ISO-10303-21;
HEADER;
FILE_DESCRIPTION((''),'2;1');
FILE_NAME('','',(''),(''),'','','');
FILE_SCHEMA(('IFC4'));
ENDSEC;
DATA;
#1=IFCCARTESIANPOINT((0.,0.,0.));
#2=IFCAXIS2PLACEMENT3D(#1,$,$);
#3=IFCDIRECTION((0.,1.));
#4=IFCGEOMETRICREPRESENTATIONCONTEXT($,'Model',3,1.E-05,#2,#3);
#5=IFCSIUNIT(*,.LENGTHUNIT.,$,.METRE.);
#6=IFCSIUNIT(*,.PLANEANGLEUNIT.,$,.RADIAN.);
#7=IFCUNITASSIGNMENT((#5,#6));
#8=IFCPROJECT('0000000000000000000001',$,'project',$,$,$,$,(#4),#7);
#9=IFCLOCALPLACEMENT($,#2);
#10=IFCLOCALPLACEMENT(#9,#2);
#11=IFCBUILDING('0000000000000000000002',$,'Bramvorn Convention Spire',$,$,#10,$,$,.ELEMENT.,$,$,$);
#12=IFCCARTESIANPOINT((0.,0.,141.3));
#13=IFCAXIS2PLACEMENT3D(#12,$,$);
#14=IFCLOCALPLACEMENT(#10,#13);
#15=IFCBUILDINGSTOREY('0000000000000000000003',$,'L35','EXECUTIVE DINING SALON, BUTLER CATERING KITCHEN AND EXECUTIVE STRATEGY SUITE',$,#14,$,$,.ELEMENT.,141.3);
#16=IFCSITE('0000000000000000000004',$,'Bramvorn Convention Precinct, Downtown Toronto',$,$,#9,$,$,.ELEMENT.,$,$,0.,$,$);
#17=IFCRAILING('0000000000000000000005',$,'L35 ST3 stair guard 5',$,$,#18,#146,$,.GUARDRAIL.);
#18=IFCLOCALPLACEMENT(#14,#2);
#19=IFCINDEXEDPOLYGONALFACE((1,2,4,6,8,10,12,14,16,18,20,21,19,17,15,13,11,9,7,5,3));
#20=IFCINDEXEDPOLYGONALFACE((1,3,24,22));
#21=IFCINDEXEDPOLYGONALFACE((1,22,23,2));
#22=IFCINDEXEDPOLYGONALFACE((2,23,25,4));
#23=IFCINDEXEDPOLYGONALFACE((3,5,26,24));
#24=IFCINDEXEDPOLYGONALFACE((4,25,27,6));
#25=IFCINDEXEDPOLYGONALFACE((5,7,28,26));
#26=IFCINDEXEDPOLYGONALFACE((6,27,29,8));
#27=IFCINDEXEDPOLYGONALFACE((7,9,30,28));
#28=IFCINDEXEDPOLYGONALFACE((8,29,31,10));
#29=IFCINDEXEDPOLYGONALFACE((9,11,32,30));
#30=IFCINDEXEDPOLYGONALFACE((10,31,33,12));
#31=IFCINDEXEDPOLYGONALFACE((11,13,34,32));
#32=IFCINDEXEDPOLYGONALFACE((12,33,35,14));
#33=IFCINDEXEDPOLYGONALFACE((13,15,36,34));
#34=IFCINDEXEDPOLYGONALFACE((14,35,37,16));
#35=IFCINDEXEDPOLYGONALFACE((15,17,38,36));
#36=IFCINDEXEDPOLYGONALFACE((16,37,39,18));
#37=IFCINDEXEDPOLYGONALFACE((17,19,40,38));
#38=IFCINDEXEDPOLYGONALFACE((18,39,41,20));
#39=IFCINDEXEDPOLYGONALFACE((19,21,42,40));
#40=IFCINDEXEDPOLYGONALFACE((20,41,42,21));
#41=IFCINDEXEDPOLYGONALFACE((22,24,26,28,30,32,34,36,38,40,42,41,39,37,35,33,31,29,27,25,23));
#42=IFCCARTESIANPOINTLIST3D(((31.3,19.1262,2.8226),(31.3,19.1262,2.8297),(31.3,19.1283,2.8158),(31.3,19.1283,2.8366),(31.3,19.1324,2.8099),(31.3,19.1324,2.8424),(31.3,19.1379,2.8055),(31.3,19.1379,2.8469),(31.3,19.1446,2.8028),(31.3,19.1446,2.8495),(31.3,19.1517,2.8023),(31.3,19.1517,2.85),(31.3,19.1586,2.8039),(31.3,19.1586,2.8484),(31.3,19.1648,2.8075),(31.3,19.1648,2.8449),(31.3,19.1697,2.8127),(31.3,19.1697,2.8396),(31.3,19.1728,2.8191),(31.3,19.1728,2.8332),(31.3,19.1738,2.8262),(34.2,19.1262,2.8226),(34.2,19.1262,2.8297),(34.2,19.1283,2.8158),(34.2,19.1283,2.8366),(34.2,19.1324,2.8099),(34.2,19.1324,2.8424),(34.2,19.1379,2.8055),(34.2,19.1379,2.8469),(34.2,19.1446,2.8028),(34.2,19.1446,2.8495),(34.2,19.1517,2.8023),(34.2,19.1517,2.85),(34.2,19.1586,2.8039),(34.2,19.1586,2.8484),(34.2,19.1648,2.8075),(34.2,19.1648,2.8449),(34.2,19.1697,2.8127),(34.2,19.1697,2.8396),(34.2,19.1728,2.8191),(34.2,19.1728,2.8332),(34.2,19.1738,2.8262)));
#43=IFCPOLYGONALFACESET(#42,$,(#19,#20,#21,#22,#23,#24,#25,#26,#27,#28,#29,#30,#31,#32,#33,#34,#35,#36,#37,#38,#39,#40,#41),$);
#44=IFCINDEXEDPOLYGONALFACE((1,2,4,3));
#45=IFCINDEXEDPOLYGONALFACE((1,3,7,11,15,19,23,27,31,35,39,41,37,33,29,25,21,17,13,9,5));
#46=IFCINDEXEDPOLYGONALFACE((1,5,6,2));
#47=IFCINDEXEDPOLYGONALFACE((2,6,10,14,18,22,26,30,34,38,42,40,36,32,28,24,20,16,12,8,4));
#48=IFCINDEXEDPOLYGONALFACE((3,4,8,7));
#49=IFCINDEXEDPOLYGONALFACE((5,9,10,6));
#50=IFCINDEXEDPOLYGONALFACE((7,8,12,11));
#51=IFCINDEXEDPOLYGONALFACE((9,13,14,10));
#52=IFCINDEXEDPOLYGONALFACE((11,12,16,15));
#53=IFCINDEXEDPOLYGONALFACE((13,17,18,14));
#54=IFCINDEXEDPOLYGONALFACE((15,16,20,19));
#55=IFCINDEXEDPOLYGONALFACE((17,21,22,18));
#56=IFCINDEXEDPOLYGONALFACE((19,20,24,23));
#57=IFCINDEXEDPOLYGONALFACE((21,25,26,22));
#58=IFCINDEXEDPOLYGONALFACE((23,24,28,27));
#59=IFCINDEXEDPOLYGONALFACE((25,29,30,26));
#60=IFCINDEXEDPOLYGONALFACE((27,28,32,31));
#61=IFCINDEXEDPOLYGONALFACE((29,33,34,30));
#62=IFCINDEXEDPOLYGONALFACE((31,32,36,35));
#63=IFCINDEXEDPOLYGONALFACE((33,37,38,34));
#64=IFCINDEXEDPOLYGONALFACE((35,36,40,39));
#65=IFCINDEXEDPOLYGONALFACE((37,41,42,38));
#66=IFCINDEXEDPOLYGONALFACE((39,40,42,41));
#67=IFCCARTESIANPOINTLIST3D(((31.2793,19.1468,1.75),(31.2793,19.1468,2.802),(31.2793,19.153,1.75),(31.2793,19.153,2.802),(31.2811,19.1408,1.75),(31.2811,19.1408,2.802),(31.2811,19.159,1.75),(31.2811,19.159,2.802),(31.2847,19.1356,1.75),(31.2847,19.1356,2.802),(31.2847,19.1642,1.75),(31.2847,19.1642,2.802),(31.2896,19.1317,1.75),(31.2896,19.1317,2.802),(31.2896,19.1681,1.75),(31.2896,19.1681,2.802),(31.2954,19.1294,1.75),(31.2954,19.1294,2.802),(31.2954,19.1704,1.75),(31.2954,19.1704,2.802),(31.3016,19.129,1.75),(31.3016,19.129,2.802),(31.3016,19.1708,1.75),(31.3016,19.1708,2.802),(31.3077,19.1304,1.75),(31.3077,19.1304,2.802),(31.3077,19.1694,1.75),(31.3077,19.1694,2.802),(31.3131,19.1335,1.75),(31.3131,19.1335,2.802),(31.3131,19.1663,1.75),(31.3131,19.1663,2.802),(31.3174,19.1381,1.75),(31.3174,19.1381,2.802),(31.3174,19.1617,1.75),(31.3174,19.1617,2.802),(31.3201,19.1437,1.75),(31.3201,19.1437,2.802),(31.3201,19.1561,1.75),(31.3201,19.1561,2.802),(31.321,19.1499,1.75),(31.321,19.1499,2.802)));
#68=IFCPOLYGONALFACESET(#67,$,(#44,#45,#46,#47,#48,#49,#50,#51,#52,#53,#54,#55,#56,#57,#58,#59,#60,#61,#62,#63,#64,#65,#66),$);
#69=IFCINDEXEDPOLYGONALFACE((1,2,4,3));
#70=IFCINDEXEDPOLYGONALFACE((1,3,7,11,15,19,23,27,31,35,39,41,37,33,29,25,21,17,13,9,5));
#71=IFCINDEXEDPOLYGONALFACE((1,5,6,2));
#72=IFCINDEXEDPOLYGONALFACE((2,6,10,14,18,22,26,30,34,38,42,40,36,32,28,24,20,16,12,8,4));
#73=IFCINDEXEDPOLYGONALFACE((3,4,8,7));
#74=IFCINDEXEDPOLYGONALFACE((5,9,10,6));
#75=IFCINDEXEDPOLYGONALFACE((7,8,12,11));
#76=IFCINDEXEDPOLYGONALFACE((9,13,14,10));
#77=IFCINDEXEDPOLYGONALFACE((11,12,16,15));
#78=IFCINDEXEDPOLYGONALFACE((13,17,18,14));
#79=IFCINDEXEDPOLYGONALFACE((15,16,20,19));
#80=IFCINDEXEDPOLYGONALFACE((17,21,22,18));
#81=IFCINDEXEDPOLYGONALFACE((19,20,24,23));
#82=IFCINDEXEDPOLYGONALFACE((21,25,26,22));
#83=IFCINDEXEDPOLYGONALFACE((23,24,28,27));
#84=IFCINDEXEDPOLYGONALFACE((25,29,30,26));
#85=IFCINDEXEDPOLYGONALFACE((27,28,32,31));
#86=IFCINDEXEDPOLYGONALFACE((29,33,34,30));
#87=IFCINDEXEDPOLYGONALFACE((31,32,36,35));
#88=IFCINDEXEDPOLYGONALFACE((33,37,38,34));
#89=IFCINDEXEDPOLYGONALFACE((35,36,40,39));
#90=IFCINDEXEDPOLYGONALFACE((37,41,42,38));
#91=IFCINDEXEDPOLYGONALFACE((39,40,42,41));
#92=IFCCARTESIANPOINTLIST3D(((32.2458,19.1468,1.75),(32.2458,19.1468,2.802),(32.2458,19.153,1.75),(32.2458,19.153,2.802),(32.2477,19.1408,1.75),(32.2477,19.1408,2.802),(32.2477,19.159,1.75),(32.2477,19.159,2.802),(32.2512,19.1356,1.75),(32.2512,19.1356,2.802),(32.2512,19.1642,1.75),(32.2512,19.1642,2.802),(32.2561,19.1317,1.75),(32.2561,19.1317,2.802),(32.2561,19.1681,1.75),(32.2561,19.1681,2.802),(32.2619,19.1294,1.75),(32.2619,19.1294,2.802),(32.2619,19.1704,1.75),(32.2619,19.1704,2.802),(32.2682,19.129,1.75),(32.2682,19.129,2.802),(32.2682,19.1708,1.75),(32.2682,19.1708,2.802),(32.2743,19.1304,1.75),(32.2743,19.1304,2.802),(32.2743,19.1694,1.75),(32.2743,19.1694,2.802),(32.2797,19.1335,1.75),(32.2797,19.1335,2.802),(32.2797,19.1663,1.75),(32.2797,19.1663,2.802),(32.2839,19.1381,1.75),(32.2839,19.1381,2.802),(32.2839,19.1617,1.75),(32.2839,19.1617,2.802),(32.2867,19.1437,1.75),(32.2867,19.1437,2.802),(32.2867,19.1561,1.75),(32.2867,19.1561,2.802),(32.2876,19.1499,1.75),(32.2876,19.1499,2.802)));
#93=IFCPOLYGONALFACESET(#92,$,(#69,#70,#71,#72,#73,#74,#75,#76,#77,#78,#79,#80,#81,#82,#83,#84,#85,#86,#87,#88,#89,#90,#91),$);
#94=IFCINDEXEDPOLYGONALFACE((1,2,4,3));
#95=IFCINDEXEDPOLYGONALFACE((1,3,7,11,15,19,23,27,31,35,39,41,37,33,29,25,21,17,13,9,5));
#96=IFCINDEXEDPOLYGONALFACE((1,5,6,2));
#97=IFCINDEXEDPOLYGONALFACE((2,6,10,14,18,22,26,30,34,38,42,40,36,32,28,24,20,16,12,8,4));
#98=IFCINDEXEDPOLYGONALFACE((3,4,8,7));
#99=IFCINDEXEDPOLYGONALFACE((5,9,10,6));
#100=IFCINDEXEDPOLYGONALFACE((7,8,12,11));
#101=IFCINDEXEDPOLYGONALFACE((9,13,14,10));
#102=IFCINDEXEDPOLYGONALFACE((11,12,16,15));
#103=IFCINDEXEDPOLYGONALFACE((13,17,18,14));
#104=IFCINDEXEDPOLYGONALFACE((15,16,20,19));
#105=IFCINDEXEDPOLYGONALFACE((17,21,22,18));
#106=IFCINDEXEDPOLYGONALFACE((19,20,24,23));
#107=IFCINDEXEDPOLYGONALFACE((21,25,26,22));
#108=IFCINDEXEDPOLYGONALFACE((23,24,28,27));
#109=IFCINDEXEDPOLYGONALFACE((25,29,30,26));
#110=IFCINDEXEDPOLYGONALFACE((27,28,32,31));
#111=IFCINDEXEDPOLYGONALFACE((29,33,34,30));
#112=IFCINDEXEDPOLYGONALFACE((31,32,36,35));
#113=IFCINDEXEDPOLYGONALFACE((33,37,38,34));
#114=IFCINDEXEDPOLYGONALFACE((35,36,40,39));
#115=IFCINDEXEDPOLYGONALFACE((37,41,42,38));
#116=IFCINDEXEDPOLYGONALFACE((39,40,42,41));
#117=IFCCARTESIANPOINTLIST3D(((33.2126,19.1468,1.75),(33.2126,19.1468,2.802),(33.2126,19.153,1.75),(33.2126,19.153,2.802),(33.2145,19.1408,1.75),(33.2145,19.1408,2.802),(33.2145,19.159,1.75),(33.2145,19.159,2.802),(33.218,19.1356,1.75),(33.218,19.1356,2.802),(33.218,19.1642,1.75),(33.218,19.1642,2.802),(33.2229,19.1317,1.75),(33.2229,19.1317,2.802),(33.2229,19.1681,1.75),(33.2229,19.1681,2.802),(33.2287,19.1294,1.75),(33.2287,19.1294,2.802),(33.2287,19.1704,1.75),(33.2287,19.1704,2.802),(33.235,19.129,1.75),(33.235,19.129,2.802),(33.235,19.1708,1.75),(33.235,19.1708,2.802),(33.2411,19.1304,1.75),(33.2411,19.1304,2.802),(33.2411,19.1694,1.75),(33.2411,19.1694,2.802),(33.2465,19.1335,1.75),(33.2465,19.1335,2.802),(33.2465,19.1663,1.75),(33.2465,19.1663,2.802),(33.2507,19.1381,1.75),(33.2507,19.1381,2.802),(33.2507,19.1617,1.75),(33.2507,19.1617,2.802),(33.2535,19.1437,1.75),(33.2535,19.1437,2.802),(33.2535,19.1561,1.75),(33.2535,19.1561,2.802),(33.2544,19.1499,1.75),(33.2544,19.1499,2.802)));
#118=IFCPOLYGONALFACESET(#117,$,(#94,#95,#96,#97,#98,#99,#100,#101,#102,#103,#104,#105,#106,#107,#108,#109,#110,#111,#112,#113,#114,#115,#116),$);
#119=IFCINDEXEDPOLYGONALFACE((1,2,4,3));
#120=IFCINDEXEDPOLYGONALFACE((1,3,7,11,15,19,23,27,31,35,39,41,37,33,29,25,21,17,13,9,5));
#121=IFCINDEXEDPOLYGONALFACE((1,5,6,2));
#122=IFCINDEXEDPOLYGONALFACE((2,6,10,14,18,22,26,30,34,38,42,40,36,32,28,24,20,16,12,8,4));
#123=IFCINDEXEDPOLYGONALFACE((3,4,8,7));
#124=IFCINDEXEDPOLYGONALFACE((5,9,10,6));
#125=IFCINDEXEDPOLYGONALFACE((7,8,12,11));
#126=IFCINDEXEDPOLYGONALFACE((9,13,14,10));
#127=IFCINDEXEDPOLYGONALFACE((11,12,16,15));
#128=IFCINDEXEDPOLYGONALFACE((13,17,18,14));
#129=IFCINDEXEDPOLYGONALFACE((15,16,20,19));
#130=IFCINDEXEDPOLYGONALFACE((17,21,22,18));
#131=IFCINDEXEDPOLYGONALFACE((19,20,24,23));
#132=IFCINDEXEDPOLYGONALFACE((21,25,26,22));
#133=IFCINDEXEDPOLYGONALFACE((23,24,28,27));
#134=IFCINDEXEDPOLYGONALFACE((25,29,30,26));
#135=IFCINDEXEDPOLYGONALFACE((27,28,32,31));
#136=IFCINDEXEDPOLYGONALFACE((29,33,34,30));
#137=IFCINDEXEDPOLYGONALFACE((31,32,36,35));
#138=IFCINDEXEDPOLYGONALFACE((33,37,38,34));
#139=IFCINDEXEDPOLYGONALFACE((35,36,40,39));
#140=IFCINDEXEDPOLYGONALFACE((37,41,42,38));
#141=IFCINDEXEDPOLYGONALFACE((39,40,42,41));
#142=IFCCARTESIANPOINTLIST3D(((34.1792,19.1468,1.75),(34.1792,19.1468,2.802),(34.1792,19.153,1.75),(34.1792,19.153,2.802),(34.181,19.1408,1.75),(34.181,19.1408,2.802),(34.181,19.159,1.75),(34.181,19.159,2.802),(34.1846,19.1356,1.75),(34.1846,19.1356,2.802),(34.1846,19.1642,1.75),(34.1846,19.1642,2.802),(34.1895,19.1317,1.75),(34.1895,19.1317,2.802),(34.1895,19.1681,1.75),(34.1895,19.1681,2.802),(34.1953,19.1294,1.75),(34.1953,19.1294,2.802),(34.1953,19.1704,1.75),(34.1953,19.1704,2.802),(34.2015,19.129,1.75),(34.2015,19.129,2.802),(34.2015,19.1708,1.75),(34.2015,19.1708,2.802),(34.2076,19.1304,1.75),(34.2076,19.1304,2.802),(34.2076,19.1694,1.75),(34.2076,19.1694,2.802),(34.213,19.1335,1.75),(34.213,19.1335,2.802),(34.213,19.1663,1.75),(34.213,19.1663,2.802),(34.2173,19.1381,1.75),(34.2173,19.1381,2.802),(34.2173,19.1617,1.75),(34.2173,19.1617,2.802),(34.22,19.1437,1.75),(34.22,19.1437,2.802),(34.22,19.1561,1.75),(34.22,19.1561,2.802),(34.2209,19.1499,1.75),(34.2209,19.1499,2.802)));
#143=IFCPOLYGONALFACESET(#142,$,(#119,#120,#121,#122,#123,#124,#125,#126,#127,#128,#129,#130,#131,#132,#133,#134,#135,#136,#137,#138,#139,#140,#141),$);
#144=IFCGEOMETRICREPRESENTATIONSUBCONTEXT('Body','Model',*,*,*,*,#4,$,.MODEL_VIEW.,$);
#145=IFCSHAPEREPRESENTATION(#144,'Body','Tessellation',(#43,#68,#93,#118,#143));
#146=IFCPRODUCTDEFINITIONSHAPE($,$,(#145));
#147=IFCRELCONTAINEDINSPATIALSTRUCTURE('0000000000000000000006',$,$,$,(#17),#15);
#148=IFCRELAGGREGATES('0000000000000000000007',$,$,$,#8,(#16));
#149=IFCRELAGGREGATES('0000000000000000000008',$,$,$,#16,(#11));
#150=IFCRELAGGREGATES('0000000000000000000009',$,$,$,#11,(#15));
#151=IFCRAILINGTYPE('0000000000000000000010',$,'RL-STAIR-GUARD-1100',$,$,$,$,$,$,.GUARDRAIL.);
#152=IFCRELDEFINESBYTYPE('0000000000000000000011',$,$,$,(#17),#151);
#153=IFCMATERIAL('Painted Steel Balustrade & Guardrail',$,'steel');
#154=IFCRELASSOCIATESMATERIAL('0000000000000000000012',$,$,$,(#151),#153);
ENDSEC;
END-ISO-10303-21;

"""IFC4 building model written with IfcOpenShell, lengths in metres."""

from ifc_helpers import new_model, si_unit, direction, frame, origin, origin_2d, place, context, subcontext, project, spatial, circle, extrude, material, type_object, element, save


model = new_model("IFC4")

# Units and contexts
model_context = context("Model", 3, precision=1e-05, world=origin(), true_north=direction((0.0, 1.0)))
body_context = subcontext(model_context, "Body", "Model", "MODEL_VIEW")
ifc_project = project(units=[si_unit("LENGTHUNIT", "METRE"), si_unit("PLANEANGLEUNIT", "RADIAN")], contexts=[model_context])

# Site, building, storey
site_placement = place(None, origin())
site = spatial("IfcSite", under=ifc_project, at=site_placement, Name="Bramvorn Convention Precinct, Downtown Toronto", CompositionType="ELEMENT", RefElevation=0.0)
building_placement = place(site_placement, origin())
building = spatial("IfcBuilding", under=site, at=building_placement, Name="Bramvorn Convention Spire", CompositionType="ELEMENT")
storey_placement = place(building_placement, frame((0.0, 0.0, 141.3)))
storey = spatial("IfcBuildingStorey", under=building, at=storey_placement, Name="L35", Description="EXECUTIVE DINING SALON, BUTLER CATERING KITCHEN AND EXECUTIVE STRATEGY SUITE", CompositionType="ELEMENT", Elevation=141.3)

# Railing
ifc_material_1 = material(Name="Painted Steel Balustrade & Guardrail", Category="steel")
railing_type_1 = type_object("IfcRailingType", Name="RL-STAIR-GUARD-1100", PredefinedType="GUARDRAIL", material=ifc_material_1)
railing_1_placement = place(storey_placement, frame((31.3, 19.1499, 1.75)))
element("IfcRailing", 1, at=railing_1_placement, inside=storey, type_object=railing_type_1, Name="L35 ST3 stair guard 5", PredefinedType="GUARDRAIL", context=body_context, shape_type="SweptSolid", body=[
    extrude(circle(Radius=0.0239, at=origin_2d()), frame((0.0, 0.0, 1.0762), z_axis=(1.0, 0.0, 0.0), x_axis=(0.0, 1.0, 0.0)), (0.0, 0.0, 1.0), 2.8999),
    extrude(circle(Radius=0.021, at=origin_2d()), origin(), (0.0, 0.0, 1.0), 1.052),
    extrude(circle(Radius=0.021, at=origin_2d()), frame((0.9666, 0.0, 0.0)), (0.0, 0.0, 1.0), 1.052),
    extrude(circle(Radius=0.021, at=origin_2d()), frame((1.9333, 0.0, 0.0)), (0.0, 0.0, 1.0), 1.052),
    extrude(circle(Radius=0.021, at=origin_2d()), frame((2.8999, 0.0, 0.0)), (0.0, 0.0, 1.0), 1.052),
])

save(model, "model.ifc")
